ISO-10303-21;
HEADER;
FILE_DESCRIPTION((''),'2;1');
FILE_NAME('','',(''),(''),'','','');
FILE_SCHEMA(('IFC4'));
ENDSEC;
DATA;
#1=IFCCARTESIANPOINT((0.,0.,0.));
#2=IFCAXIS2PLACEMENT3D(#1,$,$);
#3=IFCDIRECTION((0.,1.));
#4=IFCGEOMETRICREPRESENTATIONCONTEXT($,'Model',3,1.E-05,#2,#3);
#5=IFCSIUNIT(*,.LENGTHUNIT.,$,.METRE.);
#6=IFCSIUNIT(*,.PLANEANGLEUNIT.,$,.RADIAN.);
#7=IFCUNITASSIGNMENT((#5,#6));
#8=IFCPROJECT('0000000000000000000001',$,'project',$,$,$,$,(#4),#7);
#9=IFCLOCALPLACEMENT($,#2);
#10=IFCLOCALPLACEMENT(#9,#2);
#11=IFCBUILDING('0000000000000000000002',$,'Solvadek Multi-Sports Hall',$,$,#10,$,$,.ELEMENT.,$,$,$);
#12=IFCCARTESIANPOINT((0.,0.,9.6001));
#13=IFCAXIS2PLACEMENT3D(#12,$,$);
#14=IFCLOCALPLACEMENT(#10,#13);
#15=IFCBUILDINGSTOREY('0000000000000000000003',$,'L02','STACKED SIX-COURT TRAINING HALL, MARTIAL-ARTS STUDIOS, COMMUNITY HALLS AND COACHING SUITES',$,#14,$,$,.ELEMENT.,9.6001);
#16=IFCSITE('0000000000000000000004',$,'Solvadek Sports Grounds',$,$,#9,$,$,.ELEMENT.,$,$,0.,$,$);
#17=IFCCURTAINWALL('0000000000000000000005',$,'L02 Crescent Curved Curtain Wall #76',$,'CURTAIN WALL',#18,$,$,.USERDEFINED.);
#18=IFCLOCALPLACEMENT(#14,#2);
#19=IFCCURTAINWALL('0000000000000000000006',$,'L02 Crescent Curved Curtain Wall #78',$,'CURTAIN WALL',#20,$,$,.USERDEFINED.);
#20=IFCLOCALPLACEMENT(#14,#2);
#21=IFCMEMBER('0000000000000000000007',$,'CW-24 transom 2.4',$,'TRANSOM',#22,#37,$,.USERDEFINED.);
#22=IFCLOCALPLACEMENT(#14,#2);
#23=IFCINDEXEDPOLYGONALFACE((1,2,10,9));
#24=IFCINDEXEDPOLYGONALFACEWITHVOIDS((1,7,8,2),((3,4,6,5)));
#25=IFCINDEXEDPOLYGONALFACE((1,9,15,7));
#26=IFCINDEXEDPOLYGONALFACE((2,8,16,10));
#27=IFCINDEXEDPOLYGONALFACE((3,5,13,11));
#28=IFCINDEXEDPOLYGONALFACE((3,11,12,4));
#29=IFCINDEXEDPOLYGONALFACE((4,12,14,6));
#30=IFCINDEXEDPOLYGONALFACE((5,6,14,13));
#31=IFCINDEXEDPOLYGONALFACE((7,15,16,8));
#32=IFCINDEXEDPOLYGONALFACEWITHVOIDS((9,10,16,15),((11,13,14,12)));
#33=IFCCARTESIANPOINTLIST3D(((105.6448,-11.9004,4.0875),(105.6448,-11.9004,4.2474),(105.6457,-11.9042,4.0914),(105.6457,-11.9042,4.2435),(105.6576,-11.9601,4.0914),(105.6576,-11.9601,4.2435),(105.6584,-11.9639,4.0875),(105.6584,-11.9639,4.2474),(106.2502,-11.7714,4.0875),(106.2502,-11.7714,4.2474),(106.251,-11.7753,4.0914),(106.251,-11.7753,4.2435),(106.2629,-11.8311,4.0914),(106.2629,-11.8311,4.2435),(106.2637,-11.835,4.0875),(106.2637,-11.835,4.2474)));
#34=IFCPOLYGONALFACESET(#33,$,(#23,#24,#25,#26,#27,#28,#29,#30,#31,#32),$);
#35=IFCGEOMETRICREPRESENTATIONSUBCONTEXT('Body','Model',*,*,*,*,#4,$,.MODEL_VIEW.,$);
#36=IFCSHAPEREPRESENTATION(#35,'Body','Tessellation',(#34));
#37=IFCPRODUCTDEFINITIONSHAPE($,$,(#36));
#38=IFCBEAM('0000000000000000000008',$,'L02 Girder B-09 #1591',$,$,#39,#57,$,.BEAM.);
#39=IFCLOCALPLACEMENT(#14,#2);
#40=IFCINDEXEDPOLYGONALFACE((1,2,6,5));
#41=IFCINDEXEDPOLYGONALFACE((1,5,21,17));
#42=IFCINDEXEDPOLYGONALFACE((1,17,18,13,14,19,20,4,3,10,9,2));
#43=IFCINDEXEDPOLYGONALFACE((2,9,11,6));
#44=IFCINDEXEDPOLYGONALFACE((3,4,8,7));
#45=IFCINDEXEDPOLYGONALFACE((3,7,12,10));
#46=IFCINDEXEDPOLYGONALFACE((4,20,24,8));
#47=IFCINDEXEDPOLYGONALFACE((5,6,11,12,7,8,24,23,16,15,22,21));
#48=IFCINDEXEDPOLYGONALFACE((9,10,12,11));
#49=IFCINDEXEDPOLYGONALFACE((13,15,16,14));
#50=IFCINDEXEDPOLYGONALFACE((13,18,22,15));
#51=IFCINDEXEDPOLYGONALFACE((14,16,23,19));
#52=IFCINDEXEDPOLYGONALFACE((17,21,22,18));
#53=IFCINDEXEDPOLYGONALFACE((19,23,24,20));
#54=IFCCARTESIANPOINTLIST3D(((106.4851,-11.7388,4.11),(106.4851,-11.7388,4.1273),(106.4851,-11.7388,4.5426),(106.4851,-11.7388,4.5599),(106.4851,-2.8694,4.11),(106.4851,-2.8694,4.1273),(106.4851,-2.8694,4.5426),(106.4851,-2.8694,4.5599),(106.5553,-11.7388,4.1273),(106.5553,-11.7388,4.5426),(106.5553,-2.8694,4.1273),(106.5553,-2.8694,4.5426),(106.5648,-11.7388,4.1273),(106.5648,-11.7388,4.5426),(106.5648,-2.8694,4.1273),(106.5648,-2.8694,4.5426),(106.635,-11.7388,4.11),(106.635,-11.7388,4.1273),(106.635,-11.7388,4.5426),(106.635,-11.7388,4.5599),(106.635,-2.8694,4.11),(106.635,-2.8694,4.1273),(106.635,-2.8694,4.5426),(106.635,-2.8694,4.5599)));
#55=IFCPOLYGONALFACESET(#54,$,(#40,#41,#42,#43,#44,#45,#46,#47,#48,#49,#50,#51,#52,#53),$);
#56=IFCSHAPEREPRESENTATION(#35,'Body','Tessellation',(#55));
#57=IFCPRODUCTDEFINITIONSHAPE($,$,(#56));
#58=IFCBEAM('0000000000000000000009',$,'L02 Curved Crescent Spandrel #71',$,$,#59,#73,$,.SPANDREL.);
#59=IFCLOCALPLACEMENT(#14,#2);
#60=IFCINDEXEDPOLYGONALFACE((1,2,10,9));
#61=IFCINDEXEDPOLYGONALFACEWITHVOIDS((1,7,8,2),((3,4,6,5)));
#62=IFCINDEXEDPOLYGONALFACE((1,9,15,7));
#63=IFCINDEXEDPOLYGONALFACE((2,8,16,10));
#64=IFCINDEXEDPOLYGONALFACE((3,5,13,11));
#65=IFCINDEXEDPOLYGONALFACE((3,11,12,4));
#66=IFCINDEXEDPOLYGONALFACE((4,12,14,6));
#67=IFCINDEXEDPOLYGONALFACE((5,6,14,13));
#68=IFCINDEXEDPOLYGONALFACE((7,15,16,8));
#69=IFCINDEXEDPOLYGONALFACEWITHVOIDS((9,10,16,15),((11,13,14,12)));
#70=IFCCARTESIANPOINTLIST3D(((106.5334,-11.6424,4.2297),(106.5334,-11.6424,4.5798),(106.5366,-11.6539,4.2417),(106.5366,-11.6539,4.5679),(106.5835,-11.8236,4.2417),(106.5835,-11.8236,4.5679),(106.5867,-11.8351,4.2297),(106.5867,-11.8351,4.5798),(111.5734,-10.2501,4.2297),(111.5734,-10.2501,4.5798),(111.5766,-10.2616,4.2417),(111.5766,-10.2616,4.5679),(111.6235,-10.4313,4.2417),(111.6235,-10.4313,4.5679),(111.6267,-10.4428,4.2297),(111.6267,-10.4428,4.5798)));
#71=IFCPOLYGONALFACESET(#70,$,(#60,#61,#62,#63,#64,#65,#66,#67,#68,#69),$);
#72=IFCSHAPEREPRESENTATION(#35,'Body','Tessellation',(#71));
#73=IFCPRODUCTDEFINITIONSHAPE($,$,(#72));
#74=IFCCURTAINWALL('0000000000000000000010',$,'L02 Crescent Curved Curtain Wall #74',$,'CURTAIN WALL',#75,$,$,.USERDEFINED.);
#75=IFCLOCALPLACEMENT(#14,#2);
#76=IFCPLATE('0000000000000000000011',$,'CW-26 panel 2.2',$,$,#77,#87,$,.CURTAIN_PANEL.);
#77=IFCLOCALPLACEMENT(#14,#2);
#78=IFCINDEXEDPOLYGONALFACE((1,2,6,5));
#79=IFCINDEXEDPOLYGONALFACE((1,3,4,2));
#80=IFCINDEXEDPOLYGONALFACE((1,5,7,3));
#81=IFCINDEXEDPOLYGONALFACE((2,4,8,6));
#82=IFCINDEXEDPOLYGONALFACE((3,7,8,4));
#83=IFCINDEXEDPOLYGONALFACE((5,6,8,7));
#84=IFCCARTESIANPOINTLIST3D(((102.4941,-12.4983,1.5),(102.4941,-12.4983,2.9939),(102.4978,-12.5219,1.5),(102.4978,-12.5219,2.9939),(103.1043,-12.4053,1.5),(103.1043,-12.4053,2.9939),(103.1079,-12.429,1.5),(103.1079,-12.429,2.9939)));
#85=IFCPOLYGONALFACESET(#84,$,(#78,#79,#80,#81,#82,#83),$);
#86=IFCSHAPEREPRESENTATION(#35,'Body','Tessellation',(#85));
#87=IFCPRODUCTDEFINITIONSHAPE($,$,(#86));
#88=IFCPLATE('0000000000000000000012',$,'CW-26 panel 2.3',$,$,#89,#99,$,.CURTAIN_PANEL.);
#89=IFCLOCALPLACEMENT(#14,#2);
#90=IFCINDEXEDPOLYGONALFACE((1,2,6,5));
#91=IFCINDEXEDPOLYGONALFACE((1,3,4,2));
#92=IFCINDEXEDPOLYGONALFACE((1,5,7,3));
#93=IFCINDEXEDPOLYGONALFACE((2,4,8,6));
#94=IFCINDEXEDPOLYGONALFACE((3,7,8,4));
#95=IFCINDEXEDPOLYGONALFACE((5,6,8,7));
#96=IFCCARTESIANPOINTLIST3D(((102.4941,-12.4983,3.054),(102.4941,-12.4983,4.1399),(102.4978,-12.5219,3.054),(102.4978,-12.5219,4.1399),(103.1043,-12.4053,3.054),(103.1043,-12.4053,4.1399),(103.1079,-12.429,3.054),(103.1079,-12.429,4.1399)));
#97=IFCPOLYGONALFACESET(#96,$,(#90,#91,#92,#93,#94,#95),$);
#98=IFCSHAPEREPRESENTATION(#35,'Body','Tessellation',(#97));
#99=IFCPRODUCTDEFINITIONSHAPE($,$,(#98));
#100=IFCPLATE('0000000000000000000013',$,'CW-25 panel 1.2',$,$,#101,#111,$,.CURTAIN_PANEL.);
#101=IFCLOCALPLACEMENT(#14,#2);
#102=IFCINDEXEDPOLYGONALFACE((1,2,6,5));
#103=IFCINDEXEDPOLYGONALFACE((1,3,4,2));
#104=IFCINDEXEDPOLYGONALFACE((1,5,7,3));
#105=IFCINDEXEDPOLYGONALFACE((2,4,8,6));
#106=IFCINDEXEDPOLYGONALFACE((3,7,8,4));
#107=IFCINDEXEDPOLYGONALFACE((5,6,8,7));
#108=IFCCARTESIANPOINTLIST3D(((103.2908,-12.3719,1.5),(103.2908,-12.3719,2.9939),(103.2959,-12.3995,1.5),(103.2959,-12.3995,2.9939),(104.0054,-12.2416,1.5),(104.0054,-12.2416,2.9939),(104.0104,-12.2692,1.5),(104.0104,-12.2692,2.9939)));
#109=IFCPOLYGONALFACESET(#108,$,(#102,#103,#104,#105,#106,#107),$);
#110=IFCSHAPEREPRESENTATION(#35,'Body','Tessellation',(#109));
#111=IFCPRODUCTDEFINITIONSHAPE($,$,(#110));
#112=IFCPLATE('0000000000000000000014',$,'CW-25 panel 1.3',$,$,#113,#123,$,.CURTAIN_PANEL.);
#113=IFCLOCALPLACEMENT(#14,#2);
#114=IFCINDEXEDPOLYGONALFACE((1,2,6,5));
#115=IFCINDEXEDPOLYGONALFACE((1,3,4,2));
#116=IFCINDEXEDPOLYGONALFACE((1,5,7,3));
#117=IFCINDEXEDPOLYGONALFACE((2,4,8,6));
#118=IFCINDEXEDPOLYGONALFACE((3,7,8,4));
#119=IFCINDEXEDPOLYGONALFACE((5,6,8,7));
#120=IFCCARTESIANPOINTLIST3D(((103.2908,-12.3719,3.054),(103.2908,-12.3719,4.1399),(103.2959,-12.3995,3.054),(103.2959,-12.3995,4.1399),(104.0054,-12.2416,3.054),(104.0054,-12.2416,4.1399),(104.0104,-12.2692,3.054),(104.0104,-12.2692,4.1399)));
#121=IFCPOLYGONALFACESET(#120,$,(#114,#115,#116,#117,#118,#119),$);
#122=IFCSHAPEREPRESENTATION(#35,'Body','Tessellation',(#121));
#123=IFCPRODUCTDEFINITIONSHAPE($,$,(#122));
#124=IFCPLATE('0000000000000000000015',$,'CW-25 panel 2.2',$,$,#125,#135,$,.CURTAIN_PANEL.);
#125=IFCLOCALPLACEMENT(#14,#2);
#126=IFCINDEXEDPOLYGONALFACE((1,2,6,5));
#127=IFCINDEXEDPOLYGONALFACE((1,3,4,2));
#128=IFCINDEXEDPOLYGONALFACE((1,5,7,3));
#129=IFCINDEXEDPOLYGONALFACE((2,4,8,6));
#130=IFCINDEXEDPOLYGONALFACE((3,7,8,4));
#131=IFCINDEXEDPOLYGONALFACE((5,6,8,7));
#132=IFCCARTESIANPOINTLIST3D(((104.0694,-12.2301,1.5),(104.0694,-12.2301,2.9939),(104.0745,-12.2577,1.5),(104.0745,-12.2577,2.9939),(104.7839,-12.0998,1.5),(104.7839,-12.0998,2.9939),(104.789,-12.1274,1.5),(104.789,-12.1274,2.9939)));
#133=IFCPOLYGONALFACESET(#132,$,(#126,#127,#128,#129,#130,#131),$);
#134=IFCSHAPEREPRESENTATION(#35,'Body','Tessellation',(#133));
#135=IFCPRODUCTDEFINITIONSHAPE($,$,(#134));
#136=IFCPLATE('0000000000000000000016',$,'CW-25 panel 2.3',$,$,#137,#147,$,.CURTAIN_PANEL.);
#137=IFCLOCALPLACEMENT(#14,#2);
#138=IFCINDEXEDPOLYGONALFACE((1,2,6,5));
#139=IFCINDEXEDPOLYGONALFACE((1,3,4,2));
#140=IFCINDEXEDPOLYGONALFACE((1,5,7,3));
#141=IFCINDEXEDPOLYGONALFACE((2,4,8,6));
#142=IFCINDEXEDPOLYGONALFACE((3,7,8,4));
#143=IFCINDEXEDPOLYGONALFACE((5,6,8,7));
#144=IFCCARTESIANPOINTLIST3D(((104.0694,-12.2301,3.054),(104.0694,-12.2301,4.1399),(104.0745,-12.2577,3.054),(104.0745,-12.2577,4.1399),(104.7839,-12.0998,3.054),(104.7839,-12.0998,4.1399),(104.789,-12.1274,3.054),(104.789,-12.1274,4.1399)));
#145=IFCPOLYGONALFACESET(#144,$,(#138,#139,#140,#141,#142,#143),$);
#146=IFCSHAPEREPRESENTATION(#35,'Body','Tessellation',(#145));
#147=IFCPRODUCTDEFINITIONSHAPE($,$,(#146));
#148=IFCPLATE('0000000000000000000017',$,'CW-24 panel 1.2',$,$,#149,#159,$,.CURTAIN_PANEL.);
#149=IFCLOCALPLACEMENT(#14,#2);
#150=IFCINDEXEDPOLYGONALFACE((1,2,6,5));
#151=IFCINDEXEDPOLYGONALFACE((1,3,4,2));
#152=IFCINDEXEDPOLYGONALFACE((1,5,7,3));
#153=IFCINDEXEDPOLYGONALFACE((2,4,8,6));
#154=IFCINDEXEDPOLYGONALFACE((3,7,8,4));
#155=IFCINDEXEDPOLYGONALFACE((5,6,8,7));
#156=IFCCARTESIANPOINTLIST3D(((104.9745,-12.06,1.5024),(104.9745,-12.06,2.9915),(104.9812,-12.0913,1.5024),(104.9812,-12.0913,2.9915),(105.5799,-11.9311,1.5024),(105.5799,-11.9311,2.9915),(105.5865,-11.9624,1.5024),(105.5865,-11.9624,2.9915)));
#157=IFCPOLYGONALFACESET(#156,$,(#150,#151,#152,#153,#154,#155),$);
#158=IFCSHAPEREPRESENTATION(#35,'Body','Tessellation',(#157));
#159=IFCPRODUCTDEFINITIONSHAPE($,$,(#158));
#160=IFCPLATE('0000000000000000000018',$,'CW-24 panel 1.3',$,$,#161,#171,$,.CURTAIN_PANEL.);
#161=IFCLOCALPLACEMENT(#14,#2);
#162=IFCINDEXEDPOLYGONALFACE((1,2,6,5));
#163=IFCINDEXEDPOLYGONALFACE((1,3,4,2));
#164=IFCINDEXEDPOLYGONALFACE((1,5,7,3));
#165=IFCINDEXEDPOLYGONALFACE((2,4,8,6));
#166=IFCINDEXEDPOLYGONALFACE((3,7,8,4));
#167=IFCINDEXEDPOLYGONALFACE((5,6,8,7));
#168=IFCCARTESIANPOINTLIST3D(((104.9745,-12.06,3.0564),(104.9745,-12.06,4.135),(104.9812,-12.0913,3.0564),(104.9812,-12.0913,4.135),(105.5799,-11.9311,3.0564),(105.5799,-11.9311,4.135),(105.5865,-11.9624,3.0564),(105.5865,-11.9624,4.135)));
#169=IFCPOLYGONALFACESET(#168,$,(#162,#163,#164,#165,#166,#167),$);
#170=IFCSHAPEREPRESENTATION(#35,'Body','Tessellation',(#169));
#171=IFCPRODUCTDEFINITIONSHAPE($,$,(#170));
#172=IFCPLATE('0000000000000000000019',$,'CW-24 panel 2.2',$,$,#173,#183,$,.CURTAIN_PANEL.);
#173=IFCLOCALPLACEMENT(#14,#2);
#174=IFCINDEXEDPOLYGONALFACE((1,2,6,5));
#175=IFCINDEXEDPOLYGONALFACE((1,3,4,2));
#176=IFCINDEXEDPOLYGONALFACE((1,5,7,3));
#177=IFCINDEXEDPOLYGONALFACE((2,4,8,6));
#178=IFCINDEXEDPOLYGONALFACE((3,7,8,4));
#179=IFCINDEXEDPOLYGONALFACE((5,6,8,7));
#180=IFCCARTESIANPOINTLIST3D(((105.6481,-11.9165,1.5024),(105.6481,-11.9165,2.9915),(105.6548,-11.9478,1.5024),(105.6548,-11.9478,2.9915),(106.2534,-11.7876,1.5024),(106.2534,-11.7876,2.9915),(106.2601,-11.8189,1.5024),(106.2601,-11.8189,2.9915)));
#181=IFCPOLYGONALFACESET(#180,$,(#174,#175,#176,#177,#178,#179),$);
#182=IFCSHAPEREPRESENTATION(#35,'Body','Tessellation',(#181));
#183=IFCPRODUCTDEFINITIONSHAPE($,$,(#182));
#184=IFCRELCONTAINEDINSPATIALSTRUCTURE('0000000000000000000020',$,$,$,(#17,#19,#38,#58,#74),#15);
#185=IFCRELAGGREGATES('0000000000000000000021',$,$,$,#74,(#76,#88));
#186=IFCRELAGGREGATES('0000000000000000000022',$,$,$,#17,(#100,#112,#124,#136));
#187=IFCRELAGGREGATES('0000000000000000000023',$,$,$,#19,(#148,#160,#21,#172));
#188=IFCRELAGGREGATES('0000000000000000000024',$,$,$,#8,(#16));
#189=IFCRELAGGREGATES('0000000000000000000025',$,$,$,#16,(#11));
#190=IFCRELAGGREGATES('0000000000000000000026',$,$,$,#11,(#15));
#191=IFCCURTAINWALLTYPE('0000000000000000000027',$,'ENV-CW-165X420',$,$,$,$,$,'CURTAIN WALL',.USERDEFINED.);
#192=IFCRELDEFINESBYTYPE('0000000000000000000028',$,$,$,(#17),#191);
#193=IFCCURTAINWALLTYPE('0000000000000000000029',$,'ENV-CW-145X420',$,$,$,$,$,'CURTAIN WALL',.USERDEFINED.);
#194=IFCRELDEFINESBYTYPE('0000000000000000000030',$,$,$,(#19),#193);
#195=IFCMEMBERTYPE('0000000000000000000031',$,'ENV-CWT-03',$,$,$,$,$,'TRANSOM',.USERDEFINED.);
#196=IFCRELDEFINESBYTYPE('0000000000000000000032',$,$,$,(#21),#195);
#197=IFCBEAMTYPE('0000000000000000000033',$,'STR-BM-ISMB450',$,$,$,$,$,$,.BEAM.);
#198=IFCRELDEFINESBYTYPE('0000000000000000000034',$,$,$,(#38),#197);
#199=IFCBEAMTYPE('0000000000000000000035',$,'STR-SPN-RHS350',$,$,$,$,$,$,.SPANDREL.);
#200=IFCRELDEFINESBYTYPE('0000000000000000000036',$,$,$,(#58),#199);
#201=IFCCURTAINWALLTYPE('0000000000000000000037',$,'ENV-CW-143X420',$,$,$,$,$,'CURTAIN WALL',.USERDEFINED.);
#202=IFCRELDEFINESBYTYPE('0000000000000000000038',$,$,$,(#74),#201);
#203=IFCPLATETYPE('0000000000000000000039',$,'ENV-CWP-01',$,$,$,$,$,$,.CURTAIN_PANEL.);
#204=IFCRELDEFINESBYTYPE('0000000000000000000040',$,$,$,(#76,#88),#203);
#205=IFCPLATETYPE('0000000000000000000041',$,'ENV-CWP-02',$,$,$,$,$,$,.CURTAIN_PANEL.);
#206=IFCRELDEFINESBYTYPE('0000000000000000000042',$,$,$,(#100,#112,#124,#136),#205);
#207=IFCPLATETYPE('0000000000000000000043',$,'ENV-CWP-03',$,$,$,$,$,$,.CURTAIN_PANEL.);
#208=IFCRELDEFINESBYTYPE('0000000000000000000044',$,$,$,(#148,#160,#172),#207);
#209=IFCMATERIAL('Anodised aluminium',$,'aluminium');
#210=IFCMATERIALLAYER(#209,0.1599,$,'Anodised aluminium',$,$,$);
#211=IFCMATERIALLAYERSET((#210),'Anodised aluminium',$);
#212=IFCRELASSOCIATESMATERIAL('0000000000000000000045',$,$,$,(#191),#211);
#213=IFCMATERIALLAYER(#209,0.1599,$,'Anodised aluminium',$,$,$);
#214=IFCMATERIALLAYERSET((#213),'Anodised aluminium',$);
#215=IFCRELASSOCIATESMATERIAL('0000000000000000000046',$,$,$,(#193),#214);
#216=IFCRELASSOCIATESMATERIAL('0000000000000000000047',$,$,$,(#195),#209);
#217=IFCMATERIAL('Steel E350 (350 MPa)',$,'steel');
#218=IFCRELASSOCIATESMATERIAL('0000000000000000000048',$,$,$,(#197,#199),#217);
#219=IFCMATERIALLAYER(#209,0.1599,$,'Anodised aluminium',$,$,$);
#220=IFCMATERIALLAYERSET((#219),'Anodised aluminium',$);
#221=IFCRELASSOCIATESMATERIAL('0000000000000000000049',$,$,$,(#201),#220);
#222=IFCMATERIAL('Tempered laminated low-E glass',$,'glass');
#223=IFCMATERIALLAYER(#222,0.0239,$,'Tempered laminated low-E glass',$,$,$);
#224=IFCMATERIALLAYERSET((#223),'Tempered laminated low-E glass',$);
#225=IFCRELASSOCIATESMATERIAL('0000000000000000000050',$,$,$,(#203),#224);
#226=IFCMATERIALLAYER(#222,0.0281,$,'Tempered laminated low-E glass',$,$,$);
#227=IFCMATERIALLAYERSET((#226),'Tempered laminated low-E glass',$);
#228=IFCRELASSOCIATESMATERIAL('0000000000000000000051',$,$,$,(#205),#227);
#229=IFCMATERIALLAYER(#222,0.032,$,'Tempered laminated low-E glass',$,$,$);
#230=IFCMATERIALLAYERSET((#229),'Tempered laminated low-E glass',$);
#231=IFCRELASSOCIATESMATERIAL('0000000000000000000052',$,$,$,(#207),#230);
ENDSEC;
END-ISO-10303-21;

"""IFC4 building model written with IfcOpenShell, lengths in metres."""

from ifc_helpers import new_model, si_unit, direction, frame, origin, origin_2d, place, context, subcontext, project, spatial, rectangle, hollow_rectangle, i_section, extrude, material, layer, layer_set, material_profile, profile_set, type_object, element, aggregate, save


model = new_model("IFC4")

# Units and contexts
model_context = context("Model", 3, precision=1e-05, world=origin(), true_north=direction((0.0, 1.0)))
body_context = subcontext(model_context, "Body", "Model", "MODEL_VIEW")
ifc_project = project(units=[si_unit("LENGTHUNIT", "METRE"), si_unit("PLANEANGLEUNIT", "RADIAN")], contexts=[model_context])

# Site, building, storey
site_placement = place(None, origin())
site = spatial("IfcSite", under=ifc_project, at=site_placement, Name="Solvadek Sports Grounds", CompositionType="ELEMENT", RefElevation=0.0)
building_placement = place(site_placement, origin())
building = spatial("IfcBuilding", under=site, at=building_placement, Name="Solvadek Multi-Sports Hall", CompositionType="ELEMENT")
storey_placement = place(building_placement, frame((0.0, 0.0, 9.6001)))
storey = spatial("IfcBuildingStorey", under=building, at=storey_placement, Name="L02", Description="STACKED SIX-COURT TRAINING HALL, MARTIAL-ARTS STUDIOS, COMMUNITY HALLS AND COACHING SUITES", CompositionType="ELEMENT", Elevation=9.6001)

# Curtain walls, member
ifc_material_1 = material(Name="Anodised aluminium", Category="aluminium")
ifc_layer_1 = layer(ifc_material_1, 0.1599, Name="Anodised aluminium")
ifc_layer_set_1 = layer_set([ifc_layer_1], Name="Anodised aluminium")
curtain_wall_type_1 = type_object("IfcCurtainWallType", Name="ENV-CW-165X420", ElementType="CURTAIN WALL", PredefinedType="USERDEFINED", material=ifc_layer_set_1)
curtain_wall_1_placement = place(storey_placement, origin())
curtain_wall_1 = element("IfcCurtainWall", 1, at=curtain_wall_1_placement, inside=storey, type_object=curtain_wall_type_1, Name="L02 Crescent Curved Curtain Wall #76", ObjectType="CURTAIN WALL", PredefinedType="USERDEFINED")
ifc_layer_2 = layer(ifc_material_1, 0.1599, Name="Anodised aluminium")
ifc_layer_set_2 = layer_set([ifc_layer_2], Name="Anodised aluminium")
curtain_wall_type_2 = type_object("IfcCurtainWallType", Name="ENV-CW-145X420", ElementType="CURTAIN WALL", PredefinedType="USERDEFINED", material=ifc_layer_set_2)
curtain_wall_2_placement = place(storey_placement, origin())
curtain_wall_2 = element("IfcCurtainWall", 2, at=curtain_wall_2_placement, inside=storey, type_object=curtain_wall_type_2, Name="L02 Crescent Curved Curtain Wall #78", ObjectType="CURTAIN WALL", PredefinedType="USERDEFINED")
ifc_material_profile_1 = material_profile(ifc_material_1, hollow_rectangle(XDim=0.0649, YDim=0.1599, WallThickness=0.0039, at=origin_2d()), Name="ALU-T 160x65x4")
ifc_profile_set_1 = profile_set([ifc_material_profile_1], Name="Anodised aluminium")
member_type_1 = type_object("IfcMemberType", Name="ENV-CWT-03", ElementType="TRANSOM", PredefinedType="USERDEFINED", material=ifc_profile_set_1)
member_1_placement = place(storey_placement, frame((105.6516, -11.9321, 4.1675), z_axis=(0.978061, 0.208316, 0.0), x_axis=(-0.208316, 0.978061, 0.0)))
member_1 = element("IfcMember", 3, at=member_1_placement, type_object=member_type_1, Name="CW-24 transom 2.4", ObjectType="TRANSOM", PredefinedType="USERDEFINED", context=body_context, shape_type="SweptSolid", body=[
    extrude(hollow_rectangle(XDim=0.0649, YDim=0.1599, WallThickness=0.0039, at=origin_2d()), origin(), (0.0, 0.0, 1.0), 0.6189),
])

# Beams
ifc_material_2 = material(Name="Steel E350 (350 MPa)", Category="steel")
ifc_material_profile_2 = material_profile(ifc_material_2, i_section(OverallWidth=0.1499, OverallDepth=0.45, WebThickness=0.0095, FlangeThickness=0.0173, at=origin_2d()), Name="ISMB 450")
ifc_profile_set_2 = profile_set([ifc_material_profile_2], Name="Steel E350 (350 MPa)")
beam_type_1 = type_object("IfcBeamType", Name="STR-BM-ISMB450", PredefinedType="BEAM", material=ifc_profile_set_2)
beam_1_placement = place(storey_placement, frame((106.5601, -11.7388, 4.335), z_axis=(0.0, 1.0, 0.0), x_axis=(-1.0, 0.0, 0.0)))
element("IfcBeam", 4, at=beam_1_placement, inside=storey, type_object=beam_type_1, Name="L02 Girder B-09 #1591", PredefinedType="BEAM", context=body_context, shape_type="SweptSolid", body=[
    extrude(i_section(OverallWidth=0.1499, OverallDepth=0.45, WebThickness=0.0095, FlangeThickness=0.0173, at=origin_2d()), origin(), (0.0, 0.0, 1.0), 8.8694),
])
ifc_material_profile_3 = material_profile(ifc_material_2, hollow_rectangle(XDim=0.2, YDim=0.3501, WallThickness=0.012, at=origin_2d()), Name="RHS 350x200x12")
ifc_profile_set_3 = profile_set([ifc_material_profile_3], Name="Steel E350 (350 MPa)")
beam_type_2 = type_object("IfcBeamType", Name="STR-SPN-RHS350", PredefinedType="SPANDREL", material=ifc_profile_set_3)
beam_2_placement = place(storey_placement, frame((106.5601, -11.7388, 4.4048), z_axis=(0.963896, 0.266281, 0.0), x_axis=(-0.266281, 0.963896, 0.0)))
element("IfcBeam", 5, at=beam_2_placement, inside=storey, type_object=beam_type_2, Name="L02 Curved Crescent Spandrel #71", PredefinedType="SPANDREL", context=body_context, shape_type="SweptSolid", body=[
    extrude(hollow_rectangle(XDim=0.2, YDim=0.3501, WallThickness=0.012, at=origin_2d()), origin(), (0.0, 0.0, 1.0), 5.2288),
])

# Curtain wall, plates
ifc_layer_3 = layer(ifc_material_1, 0.1599, Name="Anodised aluminium")
ifc_layer_set_3 = layer_set([ifc_layer_3], Name="Anodised aluminium")
curtain_wall_type_3 = type_object("IfcCurtainWallType", Name="ENV-CW-143X420", ElementType="CURTAIN WALL", PredefinedType="USERDEFINED", material=ifc_layer_set_3)
curtain_wall_3_placement = place(storey_placement, origin())
curtain_wall_3 = element("IfcCurtainWall", 6, at=curtain_wall_3_placement, inside=storey, type_object=curtain_wall_type_3, Name="L02 Crescent Curved Curtain Wall #74", ObjectType="CURTAIN WALL", PredefinedType="USERDEFINED")
ifc_material_3 = material(Name="Tempered laminated low-E glass", Category="glass")
ifc_layer_4 = layer(ifc_material_3, 0.0239, Name="Tempered laminated low-E glass")
ifc_layer_set_4 = layer_set([ifc_layer_4], Name="Tempered laminated low-E glass")
plate_type_1 = type_object("IfcPlateType", Name="ENV-CWP-01", PredefinedType="CURTAIN_PANEL", material=ifc_layer_set_4)
plate_1_placement = place(storey_placement, frame((102.801, -12.4636, 1.5), z_axis=(0.0, 0.0, 1.0), x_axis=(0.9886, 0.150564, 0.0)))
plate_1 = element("IfcPlate", 7, at=plate_1_placement, type_object=plate_type_1, Name="CW-26 panel 2.2", PredefinedType="CURTAIN_PANEL", context=body_context, shape_type="SweptSolid", body=[
    extrude(rectangle(XDim=0.6172, YDim=0.0239, at=origin_2d()), origin(), (0.0, 0.0, 1.0), 1.4939),
])
plate_2_placement = place(storey_placement, frame((102.801, -12.4636, 3.054), z_axis=(0.0, 0.0, 1.0), x_axis=(0.9886, 0.150564, 0.0)))
plate_2 = element("IfcPlate", 8, at=plate_2_placement, type_object=plate_type_1, Name="CW-26 panel 2.3", PredefinedType="CURTAIN_PANEL", context=body_context, shape_type="SweptSolid", body=[
    extrude(rectangle(XDim=0.6172, YDim=0.0239, at=origin_2d()), origin(), (0.0, 0.0, 1.0), 1.0859),
])
aggregate(curtain_wall_3, [plate_1, plate_2])

# Plates
ifc_layer_5 = layer(ifc_material_3, 0.0281, Name="Tempered laminated low-E glass")
ifc_layer_set_5 = layer_set([ifc_layer_5], Name="Tempered laminated low-E glass")
plate_type_2 = type_object("IfcPlateType", Name="ENV-CWP-02", PredefinedType="CURTAIN_PANEL", material=ifc_layer_set_5)
plate_3_placement = place(storey_placement, frame((103.6506, -12.3206, 1.5), z_axis=(0.0, 0.0, 1.0), x_axis=(0.983777, 0.179398, 0.0)))
plate_3 = element("IfcPlate", 9, at=plate_3_placement, type_object=plate_type_2, Name="CW-25 panel 1.2", PredefinedType="CURTAIN_PANEL", context=body_context, shape_type="SweptSolid", body=[
    extrude(rectangle(XDim=0.7263, YDim=0.0281, at=origin_2d()), origin(), (0.0, 0.0, 1.0), 1.4939),
])
plate_4_placement = place(storey_placement, frame((103.6506, -12.3206, 3.054), z_axis=(0.0, 0.0, 1.0), x_axis=(0.983777, 0.179398, 0.0)))
plate_4 = element("IfcPlate", 10, at=plate_4_placement, type_object=plate_type_2, Name="CW-25 panel 1.3", PredefinedType="CURTAIN_PANEL", context=body_context, shape_type="SweptSolid", body=[
    extrude(rectangle(XDim=0.7263, YDim=0.0281, at=origin_2d()), origin(), (0.0, 0.0, 1.0), 1.0859),
])
plate_5_placement = place(storey_placement, frame((104.4292, -12.1787, 1.5), z_axis=(0.0, 0.0, 1.0), x_axis=(0.983777, 0.179398, 0.0)))
plate_5 = element("IfcPlate", 11, at=plate_5_placement, type_object=plate_type_2, Name="CW-25 panel 2.2", PredefinedType="CURTAIN_PANEL", context=body_context, shape_type="SweptSolid", body=[
    extrude(rectangle(XDim=0.7263, YDim=0.0281, at=origin_2d()), origin(), (0.0, 0.0, 1.0), 1.4939),
])
plate_6_placement = place(storey_placement, frame((104.4292, -12.1787, 3.054), z_axis=(0.0, 0.0, 1.0), x_axis=(0.983777, 0.179398, 0.0)))
plate_6 = element("IfcPlate", 12, at=plate_6_placement, type_object=plate_type_2, Name="CW-25 panel 2.3", PredefinedType="CURTAIN_PANEL", context=body_context, shape_type="SweptSolid", body=[
    extrude(rectangle(XDim=0.7263, YDim=0.0281, at=origin_2d()), origin(), (0.0, 0.0, 1.0), 1.0859),
])
aggregate(curtain_wall_1, [plate_3, plate_4, plate_5, plate_6])
ifc_layer_6 = layer(ifc_material_3, 0.032, Name="Tempered laminated low-E glass")
ifc_layer_set_6 = layer_set([ifc_layer_6], Name="Tempered laminated low-E glass")
plate_type_3 = type_object("IfcPlateType", Name="ENV-CWP-03", PredefinedType="CURTAIN_PANEL", material=ifc_layer_set_6)
plate_7_placement = place(storey_placement, frame((105.2805, -12.0112, 1.5024), z_axis=(0.0, 0.0, 1.0), x_axis=(0.978075, 0.208255, 0.0)))
plate_7 = element("IfcPlate", 13, at=plate_7_placement, type_object=plate_type_3, Name="CW-24 panel 1.2", PredefinedType="CURTAIN_PANEL", context=body_context, shape_type="SweptSolid", body=[
    extrude(rectangle(XDim=0.6189, YDim=0.032, at=origin_2d()), origin(), (0.0, 0.0, 1.0), 1.489),
])
plate_8_placement = place(storey_placement, frame((105.2805, -12.0112, 3.0564), z_axis=(0.0, 0.0, 1.0), x_axis=(0.978075, 0.208255, 0.0)))
plate_8 = element("IfcPlate", 14, at=plate_8_placement, type_object=plate_type_3, Name="CW-24 panel 1.3", PredefinedType="CURTAIN_PANEL", context=body_context, shape_type="SweptSolid", body=[
    extrude(rectangle(XDim=0.6189, YDim=0.032, at=origin_2d()), origin(), (0.0, 0.0, 1.0), 1.0786),
])
plate_9_placement = place(storey_placement, frame((105.9541, -11.8677, 1.5024), z_axis=(0.0, 0.0, 1.0), x_axis=(0.978075, 0.208255, 0.0)))
plate_9 = element("IfcPlate", 15, at=plate_9_placement, type_object=plate_type_3, Name="CW-24 panel 2.2", PredefinedType="CURTAIN_PANEL", context=body_context, shape_type="SweptSolid", body=[
    extrude(rectangle(XDim=0.6189, YDim=0.032, at=origin_2d()), origin(), (0.0, 0.0, 1.0), 1.489),
])
aggregate(curtain_wall_2, [plate_7, plate_8, member_1, plate_9])

save(model, "model.ifc")
